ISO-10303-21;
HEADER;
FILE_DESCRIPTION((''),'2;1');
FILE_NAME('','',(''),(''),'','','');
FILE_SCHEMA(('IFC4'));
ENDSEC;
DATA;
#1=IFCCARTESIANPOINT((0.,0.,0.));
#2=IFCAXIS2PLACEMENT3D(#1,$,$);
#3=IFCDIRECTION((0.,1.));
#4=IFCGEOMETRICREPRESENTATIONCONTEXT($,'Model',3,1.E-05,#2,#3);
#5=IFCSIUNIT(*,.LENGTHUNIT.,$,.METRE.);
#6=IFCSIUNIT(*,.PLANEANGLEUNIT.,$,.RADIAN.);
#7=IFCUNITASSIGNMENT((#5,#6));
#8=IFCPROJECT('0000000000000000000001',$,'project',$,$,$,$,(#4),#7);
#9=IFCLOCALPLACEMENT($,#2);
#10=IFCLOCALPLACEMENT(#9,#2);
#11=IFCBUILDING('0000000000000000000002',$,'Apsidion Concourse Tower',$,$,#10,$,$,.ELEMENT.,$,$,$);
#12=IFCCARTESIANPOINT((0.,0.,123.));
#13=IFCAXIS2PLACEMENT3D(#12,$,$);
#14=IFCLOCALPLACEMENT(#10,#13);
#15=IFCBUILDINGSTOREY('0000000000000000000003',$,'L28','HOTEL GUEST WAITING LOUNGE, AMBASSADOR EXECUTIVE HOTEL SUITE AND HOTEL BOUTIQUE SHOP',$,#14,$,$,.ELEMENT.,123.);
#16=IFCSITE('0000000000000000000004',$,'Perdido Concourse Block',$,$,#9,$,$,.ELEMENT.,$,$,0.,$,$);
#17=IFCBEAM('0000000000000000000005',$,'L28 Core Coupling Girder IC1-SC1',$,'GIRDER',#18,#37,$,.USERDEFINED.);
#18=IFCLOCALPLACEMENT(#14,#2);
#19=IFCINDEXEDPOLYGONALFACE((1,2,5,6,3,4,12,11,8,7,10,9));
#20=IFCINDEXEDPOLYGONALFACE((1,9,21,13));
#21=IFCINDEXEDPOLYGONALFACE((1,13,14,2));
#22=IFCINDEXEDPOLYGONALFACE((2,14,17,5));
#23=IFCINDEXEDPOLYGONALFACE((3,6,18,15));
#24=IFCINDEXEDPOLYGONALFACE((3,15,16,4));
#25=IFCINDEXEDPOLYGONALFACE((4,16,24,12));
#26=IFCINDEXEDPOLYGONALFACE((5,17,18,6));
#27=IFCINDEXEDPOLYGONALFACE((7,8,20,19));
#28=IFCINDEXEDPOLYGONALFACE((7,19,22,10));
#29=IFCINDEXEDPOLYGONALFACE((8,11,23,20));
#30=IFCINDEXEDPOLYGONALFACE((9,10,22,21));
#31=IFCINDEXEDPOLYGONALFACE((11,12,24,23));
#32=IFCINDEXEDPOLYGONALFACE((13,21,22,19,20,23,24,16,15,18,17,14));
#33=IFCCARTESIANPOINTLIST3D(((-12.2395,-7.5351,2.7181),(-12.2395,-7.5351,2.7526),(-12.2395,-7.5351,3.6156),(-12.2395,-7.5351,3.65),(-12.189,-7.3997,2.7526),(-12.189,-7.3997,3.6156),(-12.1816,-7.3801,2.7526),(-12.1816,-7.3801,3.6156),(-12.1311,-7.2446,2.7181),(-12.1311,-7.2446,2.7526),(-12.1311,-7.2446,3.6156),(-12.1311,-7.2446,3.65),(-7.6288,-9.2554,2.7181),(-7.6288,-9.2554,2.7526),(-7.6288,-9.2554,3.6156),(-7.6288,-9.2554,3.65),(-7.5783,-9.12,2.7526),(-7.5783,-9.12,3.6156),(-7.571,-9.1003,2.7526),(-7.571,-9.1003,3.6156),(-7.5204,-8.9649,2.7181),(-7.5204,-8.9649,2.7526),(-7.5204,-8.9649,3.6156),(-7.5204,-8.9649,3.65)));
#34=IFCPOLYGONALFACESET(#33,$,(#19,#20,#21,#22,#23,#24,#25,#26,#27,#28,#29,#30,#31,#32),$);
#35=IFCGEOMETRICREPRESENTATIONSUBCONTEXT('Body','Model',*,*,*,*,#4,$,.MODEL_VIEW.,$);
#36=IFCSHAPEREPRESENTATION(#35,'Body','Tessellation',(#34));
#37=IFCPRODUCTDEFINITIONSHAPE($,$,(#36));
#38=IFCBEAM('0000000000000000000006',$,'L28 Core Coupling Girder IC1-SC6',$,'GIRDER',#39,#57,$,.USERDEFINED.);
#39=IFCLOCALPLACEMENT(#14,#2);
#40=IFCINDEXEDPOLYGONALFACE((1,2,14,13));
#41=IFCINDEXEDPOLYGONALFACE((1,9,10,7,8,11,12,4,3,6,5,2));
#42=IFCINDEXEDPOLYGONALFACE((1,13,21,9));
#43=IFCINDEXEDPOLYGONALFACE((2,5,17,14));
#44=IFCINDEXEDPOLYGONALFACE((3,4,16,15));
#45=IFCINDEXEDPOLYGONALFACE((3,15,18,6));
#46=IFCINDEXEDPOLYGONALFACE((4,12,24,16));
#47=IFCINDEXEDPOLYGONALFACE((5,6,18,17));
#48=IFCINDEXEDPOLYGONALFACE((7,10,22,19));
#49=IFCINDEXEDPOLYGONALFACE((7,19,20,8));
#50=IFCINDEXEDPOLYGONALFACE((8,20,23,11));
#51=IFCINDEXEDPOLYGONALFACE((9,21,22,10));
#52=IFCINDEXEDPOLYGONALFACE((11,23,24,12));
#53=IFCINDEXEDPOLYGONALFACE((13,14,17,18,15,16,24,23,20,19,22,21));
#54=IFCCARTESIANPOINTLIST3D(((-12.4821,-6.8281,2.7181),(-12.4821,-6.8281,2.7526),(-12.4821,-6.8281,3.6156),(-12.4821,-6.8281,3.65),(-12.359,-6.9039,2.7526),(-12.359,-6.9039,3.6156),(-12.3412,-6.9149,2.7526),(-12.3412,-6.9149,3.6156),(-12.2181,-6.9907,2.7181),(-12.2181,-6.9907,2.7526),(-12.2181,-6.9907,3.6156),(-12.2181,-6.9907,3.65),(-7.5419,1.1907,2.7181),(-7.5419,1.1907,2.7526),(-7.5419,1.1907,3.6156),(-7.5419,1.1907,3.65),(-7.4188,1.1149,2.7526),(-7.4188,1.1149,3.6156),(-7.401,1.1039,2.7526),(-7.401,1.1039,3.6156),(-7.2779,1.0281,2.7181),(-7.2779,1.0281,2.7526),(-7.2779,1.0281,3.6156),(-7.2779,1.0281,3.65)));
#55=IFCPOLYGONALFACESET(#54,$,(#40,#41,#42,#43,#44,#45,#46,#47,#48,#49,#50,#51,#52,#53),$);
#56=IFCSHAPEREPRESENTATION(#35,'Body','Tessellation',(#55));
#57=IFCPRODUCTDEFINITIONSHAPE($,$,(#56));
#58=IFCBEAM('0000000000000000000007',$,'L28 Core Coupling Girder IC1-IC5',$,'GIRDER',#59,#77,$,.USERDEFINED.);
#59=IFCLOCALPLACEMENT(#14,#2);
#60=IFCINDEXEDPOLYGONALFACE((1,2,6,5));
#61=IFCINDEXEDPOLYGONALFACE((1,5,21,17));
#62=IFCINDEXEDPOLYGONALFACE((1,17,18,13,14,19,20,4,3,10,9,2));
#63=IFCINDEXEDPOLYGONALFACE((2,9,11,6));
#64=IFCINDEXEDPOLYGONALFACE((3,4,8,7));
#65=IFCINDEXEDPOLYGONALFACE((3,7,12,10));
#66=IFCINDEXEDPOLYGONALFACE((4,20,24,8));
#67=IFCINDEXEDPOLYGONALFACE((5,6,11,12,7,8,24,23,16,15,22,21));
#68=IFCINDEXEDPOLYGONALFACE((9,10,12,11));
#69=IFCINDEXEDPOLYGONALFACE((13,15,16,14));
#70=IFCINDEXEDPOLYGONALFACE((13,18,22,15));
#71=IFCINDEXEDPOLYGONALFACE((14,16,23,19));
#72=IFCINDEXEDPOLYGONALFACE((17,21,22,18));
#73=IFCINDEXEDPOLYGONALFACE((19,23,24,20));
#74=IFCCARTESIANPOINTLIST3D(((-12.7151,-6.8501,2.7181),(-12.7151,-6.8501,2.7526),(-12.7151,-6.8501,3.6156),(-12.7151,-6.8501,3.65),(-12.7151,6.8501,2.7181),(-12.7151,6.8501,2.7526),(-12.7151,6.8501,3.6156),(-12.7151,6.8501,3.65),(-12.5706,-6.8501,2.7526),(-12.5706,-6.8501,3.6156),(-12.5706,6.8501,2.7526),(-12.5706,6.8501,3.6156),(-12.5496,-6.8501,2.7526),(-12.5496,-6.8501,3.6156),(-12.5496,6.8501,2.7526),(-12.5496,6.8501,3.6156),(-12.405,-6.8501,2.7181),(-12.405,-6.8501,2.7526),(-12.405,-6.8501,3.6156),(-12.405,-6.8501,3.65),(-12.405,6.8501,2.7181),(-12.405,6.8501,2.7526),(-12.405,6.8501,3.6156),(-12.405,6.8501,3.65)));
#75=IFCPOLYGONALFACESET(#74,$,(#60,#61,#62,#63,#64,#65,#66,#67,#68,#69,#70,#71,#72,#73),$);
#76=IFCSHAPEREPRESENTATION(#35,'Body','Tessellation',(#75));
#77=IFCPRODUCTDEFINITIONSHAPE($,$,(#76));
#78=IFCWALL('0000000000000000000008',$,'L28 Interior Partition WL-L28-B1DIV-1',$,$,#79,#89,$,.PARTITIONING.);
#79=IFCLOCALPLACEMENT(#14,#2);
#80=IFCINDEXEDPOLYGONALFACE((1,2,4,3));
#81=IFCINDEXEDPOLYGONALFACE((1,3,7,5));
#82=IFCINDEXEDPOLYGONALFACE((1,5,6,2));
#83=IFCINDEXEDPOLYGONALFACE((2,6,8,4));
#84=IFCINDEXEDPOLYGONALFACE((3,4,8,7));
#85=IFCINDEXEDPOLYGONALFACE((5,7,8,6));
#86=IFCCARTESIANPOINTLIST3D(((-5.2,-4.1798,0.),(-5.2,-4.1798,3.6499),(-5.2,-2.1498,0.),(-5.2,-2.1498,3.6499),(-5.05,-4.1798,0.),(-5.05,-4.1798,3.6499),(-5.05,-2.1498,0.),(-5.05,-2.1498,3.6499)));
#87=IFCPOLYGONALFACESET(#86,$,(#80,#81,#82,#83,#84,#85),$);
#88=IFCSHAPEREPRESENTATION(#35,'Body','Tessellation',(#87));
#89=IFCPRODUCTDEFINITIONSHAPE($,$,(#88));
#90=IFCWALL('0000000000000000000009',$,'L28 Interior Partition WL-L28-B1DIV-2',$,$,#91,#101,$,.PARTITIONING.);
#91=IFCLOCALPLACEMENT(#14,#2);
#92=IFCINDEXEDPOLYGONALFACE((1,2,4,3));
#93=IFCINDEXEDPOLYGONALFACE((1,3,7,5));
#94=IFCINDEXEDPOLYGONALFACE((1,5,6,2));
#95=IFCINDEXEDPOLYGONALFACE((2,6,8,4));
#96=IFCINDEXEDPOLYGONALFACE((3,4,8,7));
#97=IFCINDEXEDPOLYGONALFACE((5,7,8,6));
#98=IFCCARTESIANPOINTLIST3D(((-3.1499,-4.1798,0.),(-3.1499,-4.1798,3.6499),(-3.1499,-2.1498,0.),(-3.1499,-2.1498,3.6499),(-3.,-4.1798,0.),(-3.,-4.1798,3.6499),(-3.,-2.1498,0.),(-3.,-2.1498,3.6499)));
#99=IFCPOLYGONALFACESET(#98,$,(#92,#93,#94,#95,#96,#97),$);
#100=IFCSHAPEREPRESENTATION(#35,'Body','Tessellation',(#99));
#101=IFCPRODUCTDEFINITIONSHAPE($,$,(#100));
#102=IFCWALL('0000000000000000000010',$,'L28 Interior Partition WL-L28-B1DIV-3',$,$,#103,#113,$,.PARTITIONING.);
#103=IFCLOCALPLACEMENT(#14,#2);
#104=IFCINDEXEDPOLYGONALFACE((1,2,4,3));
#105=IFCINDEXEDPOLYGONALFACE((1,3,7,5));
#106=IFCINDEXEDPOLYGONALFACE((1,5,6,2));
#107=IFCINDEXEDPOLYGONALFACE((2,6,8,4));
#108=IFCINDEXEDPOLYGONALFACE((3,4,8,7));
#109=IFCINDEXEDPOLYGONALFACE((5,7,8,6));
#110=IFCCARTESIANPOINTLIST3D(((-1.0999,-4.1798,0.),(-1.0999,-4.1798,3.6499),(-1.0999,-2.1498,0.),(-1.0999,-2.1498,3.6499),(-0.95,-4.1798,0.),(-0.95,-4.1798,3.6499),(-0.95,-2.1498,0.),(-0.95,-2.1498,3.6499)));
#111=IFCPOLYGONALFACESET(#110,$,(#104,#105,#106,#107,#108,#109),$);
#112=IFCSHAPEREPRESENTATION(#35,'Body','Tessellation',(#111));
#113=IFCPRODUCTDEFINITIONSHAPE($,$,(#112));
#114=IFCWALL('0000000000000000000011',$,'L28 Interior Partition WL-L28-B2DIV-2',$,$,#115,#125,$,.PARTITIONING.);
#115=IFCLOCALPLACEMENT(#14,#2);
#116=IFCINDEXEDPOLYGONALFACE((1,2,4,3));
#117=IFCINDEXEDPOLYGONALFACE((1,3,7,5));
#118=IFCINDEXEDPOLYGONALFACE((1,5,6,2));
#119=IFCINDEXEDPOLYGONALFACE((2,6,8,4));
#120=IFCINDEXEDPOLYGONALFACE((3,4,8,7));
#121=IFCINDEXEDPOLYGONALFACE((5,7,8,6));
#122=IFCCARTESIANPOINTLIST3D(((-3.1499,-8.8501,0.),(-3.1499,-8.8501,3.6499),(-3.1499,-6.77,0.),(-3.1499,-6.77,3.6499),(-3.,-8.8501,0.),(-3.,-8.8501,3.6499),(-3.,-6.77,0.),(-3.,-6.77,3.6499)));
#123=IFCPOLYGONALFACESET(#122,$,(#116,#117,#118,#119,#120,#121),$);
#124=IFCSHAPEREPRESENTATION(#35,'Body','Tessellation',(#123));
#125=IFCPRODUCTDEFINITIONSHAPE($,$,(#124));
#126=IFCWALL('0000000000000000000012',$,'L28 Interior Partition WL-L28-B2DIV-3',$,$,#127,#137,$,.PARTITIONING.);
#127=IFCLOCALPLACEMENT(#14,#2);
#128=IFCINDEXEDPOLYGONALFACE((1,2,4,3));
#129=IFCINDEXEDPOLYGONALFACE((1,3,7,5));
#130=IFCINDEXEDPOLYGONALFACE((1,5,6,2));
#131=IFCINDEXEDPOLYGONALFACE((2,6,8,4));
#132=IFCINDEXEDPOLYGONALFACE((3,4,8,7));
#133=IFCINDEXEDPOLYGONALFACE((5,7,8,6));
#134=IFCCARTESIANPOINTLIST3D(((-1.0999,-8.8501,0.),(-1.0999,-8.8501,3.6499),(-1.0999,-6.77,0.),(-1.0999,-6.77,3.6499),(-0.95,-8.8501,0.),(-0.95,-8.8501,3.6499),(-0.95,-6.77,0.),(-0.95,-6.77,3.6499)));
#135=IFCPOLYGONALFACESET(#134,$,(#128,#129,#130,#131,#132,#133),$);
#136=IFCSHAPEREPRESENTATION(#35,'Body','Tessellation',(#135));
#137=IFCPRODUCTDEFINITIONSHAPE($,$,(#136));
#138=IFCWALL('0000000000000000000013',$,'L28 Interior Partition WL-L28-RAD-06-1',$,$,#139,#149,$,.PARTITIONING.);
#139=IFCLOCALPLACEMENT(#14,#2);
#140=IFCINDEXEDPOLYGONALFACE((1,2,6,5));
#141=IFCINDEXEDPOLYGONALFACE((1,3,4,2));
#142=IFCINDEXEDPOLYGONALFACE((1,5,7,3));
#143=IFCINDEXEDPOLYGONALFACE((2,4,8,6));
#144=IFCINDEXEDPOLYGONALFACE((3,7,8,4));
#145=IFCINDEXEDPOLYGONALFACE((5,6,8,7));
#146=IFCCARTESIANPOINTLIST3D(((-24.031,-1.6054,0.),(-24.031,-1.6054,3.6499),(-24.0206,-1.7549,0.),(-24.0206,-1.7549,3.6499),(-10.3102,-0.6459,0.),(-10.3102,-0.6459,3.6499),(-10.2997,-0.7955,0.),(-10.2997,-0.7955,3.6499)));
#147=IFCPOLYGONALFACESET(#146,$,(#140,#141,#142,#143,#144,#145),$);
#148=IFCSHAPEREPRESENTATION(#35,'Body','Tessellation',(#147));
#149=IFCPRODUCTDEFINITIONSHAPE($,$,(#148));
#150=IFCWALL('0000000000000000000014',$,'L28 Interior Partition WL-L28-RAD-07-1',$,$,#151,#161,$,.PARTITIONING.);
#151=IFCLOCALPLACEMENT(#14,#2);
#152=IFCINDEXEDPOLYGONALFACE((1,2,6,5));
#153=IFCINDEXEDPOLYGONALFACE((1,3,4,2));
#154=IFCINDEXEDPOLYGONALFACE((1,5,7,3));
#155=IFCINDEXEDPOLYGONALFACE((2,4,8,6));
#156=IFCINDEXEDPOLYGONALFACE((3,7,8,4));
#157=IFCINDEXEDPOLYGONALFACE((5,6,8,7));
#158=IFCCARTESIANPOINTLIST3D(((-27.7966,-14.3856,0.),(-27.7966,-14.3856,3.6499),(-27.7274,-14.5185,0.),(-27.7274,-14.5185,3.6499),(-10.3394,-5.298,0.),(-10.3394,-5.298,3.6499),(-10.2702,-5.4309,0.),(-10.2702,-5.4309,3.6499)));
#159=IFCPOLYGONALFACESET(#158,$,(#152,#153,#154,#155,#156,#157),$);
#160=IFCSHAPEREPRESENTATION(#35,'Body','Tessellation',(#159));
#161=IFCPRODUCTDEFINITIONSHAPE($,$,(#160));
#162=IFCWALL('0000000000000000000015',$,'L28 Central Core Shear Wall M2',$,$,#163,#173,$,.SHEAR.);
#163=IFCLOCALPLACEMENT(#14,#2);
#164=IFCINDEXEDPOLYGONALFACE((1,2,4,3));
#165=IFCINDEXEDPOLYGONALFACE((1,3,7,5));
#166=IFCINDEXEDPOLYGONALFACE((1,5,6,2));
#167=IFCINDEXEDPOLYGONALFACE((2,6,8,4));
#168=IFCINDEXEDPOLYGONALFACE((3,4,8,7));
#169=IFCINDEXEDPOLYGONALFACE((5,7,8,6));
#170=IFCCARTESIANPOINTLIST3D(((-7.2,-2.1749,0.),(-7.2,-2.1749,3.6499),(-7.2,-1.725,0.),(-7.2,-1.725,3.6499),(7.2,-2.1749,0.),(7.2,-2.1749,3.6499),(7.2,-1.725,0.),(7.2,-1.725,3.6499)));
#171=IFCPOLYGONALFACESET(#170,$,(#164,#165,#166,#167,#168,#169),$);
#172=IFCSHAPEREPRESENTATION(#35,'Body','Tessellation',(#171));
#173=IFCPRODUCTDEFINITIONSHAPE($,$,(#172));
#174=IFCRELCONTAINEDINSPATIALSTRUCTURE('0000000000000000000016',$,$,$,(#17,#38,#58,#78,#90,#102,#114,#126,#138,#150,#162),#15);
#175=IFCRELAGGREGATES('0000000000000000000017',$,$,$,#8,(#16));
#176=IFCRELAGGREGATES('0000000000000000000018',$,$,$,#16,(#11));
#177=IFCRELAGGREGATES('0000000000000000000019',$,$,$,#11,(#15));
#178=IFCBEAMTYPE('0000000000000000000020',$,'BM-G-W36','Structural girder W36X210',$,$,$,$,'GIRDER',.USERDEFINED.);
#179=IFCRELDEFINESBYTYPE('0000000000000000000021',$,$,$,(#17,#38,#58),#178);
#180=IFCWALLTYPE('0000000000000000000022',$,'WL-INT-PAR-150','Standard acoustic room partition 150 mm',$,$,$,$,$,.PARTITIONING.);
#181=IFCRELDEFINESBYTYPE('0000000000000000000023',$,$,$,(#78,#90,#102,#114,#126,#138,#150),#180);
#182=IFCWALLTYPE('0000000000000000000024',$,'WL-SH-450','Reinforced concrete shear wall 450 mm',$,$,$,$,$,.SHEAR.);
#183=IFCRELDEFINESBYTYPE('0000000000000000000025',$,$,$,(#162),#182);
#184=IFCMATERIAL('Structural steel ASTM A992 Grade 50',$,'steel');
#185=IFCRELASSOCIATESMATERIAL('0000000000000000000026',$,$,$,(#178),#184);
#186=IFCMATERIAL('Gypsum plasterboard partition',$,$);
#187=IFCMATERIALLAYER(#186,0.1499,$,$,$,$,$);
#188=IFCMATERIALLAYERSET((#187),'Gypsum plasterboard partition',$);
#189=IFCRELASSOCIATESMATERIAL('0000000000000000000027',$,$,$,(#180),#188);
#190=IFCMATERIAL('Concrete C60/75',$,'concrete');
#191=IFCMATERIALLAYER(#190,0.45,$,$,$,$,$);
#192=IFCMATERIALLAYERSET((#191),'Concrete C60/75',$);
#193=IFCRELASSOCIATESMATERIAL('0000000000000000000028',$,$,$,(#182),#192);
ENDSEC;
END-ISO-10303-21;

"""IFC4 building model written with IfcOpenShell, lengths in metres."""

from ifc_helpers import new_model, si_unit, direction, frame, frame_2d, origin, origin_2d, place, context, subcontext, project, spatial, rectangle, i_section, extrude, material, layer, layer_set, material_profile, profile_set, type_object, element, save


model = new_model("IFC4")

# Units and contexts
model_context = context("Model", 3, precision=1e-05, world=origin(), true_north=direction((0.0, 1.0)))
body_context = subcontext(model_context, "Body", "Model", "MODEL_VIEW")
ifc_project = project(units=[si_unit("LENGTHUNIT", "METRE"), si_unit("PLANEANGLEUNIT", "RADIAN")], contexts=[model_context])

# Site, building, storey
site_placement = place(None, origin())
site = spatial("IfcSite", under=ifc_project, at=site_placement, Name="Perdido Concourse Block", CompositionType="ELEMENT", RefElevation=0.0)
building_placement = place(site_placement, origin())
building = spatial("IfcBuilding", under=site, at=building_placement, Name="Apsidion Concourse Tower", CompositionType="ELEMENT")
storey_placement = place(building_placement, frame((0.0, 0.0, 123.0)))
storey = spatial("IfcBuildingStorey", under=building, at=storey_placement, Name="L28", Description="HOTEL GUEST WAITING LOUNGE, AMBASSADOR EXECUTIVE HOTEL SUITE AND HOTEL BOUTIQUE SHOP", CompositionType="ELEMENT", Elevation=123.0)

# Beams
ifc_material_1 = material(Name="Structural steel ASTM A992 Grade 50", Category="steel")
ifc_material_profile = material_profile(ifc_material_1, i_section(OverallWidth=0.3101, OverallDepth=0.9319, WebThickness=0.021, FlangeThickness=0.0344, at=origin_2d()), Name="W36X210")
ifc_profile_set = profile_set([ifc_material_profile], Name="Structural steel ASTM A992 Grade 50")
beam_type = type_object("IfcBeamType", Name="BM-G-W36", Description="Structural girder W36X210", ElementType="GIRDER", PredefinedType="USERDEFINED", material=ifc_profile_set)
beam_1_placement = place(storey_placement, frame((-12.1853, -7.3899, 3.1841), z_axis=(0.936913, -0.349563, 0.0), x_axis=(0.349563, 0.936913, 0.0)))
element("IfcBeam", 1, at=beam_1_placement, inside=storey, type_object=beam_type, Name="L28 Core Coupling Girder IC1-SC1", ObjectType="GIRDER", PredefinedType="USERDEFINED", context=body_context, shape_type="SweptSolid", body=[
    extrude(i_section(OverallWidth=0.3101, OverallDepth=0.9319, WebThickness=0.021, FlangeThickness=0.0344, at=origin_2d()), origin(), (0.0, 0.0, 1.0), 4.9211),
])
beam_2_placement = place(storey_placement, frame((-12.3501, -6.9094, 3.1841), z_axis=(0.524524, 0.851396, 0.0), x_axis=(-0.851396, 0.524524, 0.0)))
element("IfcBeam", 2, at=beam_2_placement, inside=storey, type_object=beam_type, Name="L28 Core Coupling Girder IC1-SC6", ObjectType="GIRDER", PredefinedType="USERDEFINED", context=body_context, shape_type="SweptSolid", body=[
    extrude(i_section(OverallWidth=0.3101, OverallDepth=0.9319, WebThickness=0.021, FlangeThickness=0.0344, at=origin_2d()), origin(), (0.0, 0.0, 1.0), 9.4185),
])
beam_3_placement = place(storey_placement, frame((-12.5601, -6.8501, 3.1841), z_axis=(0.0, 1.0, 0.0), x_axis=(-1.0, 0.0, 0.0)))
element("IfcBeam", 3, at=beam_3_placement, inside=storey, type_object=beam_type, Name="L28 Core Coupling Girder IC1-IC5", ObjectType="GIRDER", PredefinedType="USERDEFINED", context=body_context, shape_type="SweptSolid", body=[
    extrude(i_section(OverallWidth=0.3101, OverallDepth=0.9319, WebThickness=0.021, FlangeThickness=0.0344, at=origin_2d()), origin(), (0.0, 0.0, 1.0), 13.7002),
])

# Walls
ifc_material_2 = material(Name="Gypsum plasterboard partition")
ifc_layer_1 = layer(ifc_material_2, 0.1499)
ifc_layer_set_1 = layer_set([ifc_layer_1], Name="Gypsum plasterboard partition")
wall_type_1 = type_object("IfcWallType", Name="WL-INT-PAR-150", Description="Standard acoustic room partition 150 mm", PredefinedType="PARTITIONING", material=ifc_layer_set_1)
for number, where, z_axis, x_axis, name in (
    (4, (-5.125, -4.1799, 0.0), (0.0, 0.0, 1.0), (0.0, 1.0, 0.0), "L28 Interior Partition WL-L28-B1DIV-1"),
    (5, (-3.075, -4.1799, 0.0), (0.0, 0.0, 1.0), (0.0, 1.0, 0.0), "L28 Interior Partition WL-L28-B1DIV-2"),
    (6, (-1.0249, -4.1799, 0.0), (0.0, 0.0, 1.0), (0.0, 1.0, 0.0), "L28 Interior Partition WL-L28-B1DIV-3"),
):
    element("IfcWall", number, at=place(storey_placement, frame(where, z_axis=z_axis, x_axis=x_axis)), inside=storey, type_object=wall_type_1, Name=name, PredefinedType="PARTITIONING", context=body_context, shape_type="SweptSolid", body=[
        extrude(rectangle(XDim=2.03, YDim=0.1499, at=frame_2d((1.0151, 0.0))), origin(), (0.0, 0.0, 1.0), 3.6499),
    ])
for number, where, z_axis, x_axis, name in (
    (7, (-3.075, -8.8501, 0.0), (0.0, 0.0, 1.0), (0.0, 1.0, 0.0), "L28 Interior Partition WL-L28-B2DIV-2"),
    (8, (-1.0249, -8.8501, 0.0), (0.0, 0.0, 1.0), (0.0, 1.0, 0.0), "L28 Interior Partition WL-L28-B2DIV-3"),
):
    element("IfcWall", number, at=place(storey_placement, frame(where, z_axis=z_axis, x_axis=x_axis)), inside=storey, type_object=wall_type_1, Name=name, PredefinedType="PARTITIONING", context=body_context, shape_type="SweptSolid", body=[
        extrude(rectangle(XDim=2.0801, YDim=0.1499, at=frame_2d((1.04, 0.0))), origin(), (0.0, 0.0, 1.0), 3.6499),
    ])
wall_1_placement = place(storey_placement, frame((-10.3049, -0.7207, 0.0), z_axis=(0.0, 0.0, 1.0), x_axis=(-0.997564, -0.069757, 0.0)))
element("IfcWall", 9, at=wall_1_placement, inside=storey, type_object=wall_type_1, Name="L28 Interior Partition WL-L28-RAD-06-1", PredefinedType="PARTITIONING", context=body_context, shape_type="SweptSolid", body=[
    extrude(rectangle(XDim=13.7544, YDim=0.1499, at=frame_2d((6.8772, 0.0))), origin(), (0.0, 0.0, 1.0), 3.6499),
])
wall_2_placement = place(storey_placement, frame((-10.3049, -5.3645, 0.0), z_axis=(0.0, 0.0, 1.0), x_axis=(-0.887012, -0.461747, 0.0)))
element("IfcWall", 10, at=wall_2_placement, inside=storey, type_object=wall_type_1, Name="L28 Interior Partition WL-L28-RAD-07-1", PredefinedType="PARTITIONING", context=body_context, shape_type="SweptSolid", body=[
    extrude(rectangle(XDim=19.6809, YDim=0.1499, at=frame_2d((9.8403, 0.0))), origin(), (0.0, 0.0, 1.0), 3.6499),
])

# Wall
ifc_material_3 = material(Name="Concrete C60/75", Category="concrete")
ifc_layer_2 = layer(ifc_material_3, 0.45)
ifc_layer_set_2 = layer_set([ifc_layer_2], Name="Concrete C60/75")
wall_type_2 = type_object("IfcWallType", Name="WL-SH-450", Description="Reinforced concrete shear wall 450 mm", PredefinedType="SHEAR", material=ifc_layer_set_2)
wall_3_placement = place(storey_placement, frame((-7.2, -1.95, 0.0), z_axis=(0.0, 0.0, 1.0), x_axis=(1.0, 0.0, 0.0)))
element("IfcWall", 11, at=wall_3_placement, inside=storey, type_object=wall_type_2, Name="L28 Central Core Shear Wall M2", PredefinedType="SHEAR", context=body_context, shape_type="SweptSolid", body=[
    extrude(rectangle(XDim=14.3999, YDim=0.45, at=frame_2d((7.2, 0.0))), origin(), (0.0, 0.0, 1.0), 3.6499),
])

save(model, "model.ifc")
